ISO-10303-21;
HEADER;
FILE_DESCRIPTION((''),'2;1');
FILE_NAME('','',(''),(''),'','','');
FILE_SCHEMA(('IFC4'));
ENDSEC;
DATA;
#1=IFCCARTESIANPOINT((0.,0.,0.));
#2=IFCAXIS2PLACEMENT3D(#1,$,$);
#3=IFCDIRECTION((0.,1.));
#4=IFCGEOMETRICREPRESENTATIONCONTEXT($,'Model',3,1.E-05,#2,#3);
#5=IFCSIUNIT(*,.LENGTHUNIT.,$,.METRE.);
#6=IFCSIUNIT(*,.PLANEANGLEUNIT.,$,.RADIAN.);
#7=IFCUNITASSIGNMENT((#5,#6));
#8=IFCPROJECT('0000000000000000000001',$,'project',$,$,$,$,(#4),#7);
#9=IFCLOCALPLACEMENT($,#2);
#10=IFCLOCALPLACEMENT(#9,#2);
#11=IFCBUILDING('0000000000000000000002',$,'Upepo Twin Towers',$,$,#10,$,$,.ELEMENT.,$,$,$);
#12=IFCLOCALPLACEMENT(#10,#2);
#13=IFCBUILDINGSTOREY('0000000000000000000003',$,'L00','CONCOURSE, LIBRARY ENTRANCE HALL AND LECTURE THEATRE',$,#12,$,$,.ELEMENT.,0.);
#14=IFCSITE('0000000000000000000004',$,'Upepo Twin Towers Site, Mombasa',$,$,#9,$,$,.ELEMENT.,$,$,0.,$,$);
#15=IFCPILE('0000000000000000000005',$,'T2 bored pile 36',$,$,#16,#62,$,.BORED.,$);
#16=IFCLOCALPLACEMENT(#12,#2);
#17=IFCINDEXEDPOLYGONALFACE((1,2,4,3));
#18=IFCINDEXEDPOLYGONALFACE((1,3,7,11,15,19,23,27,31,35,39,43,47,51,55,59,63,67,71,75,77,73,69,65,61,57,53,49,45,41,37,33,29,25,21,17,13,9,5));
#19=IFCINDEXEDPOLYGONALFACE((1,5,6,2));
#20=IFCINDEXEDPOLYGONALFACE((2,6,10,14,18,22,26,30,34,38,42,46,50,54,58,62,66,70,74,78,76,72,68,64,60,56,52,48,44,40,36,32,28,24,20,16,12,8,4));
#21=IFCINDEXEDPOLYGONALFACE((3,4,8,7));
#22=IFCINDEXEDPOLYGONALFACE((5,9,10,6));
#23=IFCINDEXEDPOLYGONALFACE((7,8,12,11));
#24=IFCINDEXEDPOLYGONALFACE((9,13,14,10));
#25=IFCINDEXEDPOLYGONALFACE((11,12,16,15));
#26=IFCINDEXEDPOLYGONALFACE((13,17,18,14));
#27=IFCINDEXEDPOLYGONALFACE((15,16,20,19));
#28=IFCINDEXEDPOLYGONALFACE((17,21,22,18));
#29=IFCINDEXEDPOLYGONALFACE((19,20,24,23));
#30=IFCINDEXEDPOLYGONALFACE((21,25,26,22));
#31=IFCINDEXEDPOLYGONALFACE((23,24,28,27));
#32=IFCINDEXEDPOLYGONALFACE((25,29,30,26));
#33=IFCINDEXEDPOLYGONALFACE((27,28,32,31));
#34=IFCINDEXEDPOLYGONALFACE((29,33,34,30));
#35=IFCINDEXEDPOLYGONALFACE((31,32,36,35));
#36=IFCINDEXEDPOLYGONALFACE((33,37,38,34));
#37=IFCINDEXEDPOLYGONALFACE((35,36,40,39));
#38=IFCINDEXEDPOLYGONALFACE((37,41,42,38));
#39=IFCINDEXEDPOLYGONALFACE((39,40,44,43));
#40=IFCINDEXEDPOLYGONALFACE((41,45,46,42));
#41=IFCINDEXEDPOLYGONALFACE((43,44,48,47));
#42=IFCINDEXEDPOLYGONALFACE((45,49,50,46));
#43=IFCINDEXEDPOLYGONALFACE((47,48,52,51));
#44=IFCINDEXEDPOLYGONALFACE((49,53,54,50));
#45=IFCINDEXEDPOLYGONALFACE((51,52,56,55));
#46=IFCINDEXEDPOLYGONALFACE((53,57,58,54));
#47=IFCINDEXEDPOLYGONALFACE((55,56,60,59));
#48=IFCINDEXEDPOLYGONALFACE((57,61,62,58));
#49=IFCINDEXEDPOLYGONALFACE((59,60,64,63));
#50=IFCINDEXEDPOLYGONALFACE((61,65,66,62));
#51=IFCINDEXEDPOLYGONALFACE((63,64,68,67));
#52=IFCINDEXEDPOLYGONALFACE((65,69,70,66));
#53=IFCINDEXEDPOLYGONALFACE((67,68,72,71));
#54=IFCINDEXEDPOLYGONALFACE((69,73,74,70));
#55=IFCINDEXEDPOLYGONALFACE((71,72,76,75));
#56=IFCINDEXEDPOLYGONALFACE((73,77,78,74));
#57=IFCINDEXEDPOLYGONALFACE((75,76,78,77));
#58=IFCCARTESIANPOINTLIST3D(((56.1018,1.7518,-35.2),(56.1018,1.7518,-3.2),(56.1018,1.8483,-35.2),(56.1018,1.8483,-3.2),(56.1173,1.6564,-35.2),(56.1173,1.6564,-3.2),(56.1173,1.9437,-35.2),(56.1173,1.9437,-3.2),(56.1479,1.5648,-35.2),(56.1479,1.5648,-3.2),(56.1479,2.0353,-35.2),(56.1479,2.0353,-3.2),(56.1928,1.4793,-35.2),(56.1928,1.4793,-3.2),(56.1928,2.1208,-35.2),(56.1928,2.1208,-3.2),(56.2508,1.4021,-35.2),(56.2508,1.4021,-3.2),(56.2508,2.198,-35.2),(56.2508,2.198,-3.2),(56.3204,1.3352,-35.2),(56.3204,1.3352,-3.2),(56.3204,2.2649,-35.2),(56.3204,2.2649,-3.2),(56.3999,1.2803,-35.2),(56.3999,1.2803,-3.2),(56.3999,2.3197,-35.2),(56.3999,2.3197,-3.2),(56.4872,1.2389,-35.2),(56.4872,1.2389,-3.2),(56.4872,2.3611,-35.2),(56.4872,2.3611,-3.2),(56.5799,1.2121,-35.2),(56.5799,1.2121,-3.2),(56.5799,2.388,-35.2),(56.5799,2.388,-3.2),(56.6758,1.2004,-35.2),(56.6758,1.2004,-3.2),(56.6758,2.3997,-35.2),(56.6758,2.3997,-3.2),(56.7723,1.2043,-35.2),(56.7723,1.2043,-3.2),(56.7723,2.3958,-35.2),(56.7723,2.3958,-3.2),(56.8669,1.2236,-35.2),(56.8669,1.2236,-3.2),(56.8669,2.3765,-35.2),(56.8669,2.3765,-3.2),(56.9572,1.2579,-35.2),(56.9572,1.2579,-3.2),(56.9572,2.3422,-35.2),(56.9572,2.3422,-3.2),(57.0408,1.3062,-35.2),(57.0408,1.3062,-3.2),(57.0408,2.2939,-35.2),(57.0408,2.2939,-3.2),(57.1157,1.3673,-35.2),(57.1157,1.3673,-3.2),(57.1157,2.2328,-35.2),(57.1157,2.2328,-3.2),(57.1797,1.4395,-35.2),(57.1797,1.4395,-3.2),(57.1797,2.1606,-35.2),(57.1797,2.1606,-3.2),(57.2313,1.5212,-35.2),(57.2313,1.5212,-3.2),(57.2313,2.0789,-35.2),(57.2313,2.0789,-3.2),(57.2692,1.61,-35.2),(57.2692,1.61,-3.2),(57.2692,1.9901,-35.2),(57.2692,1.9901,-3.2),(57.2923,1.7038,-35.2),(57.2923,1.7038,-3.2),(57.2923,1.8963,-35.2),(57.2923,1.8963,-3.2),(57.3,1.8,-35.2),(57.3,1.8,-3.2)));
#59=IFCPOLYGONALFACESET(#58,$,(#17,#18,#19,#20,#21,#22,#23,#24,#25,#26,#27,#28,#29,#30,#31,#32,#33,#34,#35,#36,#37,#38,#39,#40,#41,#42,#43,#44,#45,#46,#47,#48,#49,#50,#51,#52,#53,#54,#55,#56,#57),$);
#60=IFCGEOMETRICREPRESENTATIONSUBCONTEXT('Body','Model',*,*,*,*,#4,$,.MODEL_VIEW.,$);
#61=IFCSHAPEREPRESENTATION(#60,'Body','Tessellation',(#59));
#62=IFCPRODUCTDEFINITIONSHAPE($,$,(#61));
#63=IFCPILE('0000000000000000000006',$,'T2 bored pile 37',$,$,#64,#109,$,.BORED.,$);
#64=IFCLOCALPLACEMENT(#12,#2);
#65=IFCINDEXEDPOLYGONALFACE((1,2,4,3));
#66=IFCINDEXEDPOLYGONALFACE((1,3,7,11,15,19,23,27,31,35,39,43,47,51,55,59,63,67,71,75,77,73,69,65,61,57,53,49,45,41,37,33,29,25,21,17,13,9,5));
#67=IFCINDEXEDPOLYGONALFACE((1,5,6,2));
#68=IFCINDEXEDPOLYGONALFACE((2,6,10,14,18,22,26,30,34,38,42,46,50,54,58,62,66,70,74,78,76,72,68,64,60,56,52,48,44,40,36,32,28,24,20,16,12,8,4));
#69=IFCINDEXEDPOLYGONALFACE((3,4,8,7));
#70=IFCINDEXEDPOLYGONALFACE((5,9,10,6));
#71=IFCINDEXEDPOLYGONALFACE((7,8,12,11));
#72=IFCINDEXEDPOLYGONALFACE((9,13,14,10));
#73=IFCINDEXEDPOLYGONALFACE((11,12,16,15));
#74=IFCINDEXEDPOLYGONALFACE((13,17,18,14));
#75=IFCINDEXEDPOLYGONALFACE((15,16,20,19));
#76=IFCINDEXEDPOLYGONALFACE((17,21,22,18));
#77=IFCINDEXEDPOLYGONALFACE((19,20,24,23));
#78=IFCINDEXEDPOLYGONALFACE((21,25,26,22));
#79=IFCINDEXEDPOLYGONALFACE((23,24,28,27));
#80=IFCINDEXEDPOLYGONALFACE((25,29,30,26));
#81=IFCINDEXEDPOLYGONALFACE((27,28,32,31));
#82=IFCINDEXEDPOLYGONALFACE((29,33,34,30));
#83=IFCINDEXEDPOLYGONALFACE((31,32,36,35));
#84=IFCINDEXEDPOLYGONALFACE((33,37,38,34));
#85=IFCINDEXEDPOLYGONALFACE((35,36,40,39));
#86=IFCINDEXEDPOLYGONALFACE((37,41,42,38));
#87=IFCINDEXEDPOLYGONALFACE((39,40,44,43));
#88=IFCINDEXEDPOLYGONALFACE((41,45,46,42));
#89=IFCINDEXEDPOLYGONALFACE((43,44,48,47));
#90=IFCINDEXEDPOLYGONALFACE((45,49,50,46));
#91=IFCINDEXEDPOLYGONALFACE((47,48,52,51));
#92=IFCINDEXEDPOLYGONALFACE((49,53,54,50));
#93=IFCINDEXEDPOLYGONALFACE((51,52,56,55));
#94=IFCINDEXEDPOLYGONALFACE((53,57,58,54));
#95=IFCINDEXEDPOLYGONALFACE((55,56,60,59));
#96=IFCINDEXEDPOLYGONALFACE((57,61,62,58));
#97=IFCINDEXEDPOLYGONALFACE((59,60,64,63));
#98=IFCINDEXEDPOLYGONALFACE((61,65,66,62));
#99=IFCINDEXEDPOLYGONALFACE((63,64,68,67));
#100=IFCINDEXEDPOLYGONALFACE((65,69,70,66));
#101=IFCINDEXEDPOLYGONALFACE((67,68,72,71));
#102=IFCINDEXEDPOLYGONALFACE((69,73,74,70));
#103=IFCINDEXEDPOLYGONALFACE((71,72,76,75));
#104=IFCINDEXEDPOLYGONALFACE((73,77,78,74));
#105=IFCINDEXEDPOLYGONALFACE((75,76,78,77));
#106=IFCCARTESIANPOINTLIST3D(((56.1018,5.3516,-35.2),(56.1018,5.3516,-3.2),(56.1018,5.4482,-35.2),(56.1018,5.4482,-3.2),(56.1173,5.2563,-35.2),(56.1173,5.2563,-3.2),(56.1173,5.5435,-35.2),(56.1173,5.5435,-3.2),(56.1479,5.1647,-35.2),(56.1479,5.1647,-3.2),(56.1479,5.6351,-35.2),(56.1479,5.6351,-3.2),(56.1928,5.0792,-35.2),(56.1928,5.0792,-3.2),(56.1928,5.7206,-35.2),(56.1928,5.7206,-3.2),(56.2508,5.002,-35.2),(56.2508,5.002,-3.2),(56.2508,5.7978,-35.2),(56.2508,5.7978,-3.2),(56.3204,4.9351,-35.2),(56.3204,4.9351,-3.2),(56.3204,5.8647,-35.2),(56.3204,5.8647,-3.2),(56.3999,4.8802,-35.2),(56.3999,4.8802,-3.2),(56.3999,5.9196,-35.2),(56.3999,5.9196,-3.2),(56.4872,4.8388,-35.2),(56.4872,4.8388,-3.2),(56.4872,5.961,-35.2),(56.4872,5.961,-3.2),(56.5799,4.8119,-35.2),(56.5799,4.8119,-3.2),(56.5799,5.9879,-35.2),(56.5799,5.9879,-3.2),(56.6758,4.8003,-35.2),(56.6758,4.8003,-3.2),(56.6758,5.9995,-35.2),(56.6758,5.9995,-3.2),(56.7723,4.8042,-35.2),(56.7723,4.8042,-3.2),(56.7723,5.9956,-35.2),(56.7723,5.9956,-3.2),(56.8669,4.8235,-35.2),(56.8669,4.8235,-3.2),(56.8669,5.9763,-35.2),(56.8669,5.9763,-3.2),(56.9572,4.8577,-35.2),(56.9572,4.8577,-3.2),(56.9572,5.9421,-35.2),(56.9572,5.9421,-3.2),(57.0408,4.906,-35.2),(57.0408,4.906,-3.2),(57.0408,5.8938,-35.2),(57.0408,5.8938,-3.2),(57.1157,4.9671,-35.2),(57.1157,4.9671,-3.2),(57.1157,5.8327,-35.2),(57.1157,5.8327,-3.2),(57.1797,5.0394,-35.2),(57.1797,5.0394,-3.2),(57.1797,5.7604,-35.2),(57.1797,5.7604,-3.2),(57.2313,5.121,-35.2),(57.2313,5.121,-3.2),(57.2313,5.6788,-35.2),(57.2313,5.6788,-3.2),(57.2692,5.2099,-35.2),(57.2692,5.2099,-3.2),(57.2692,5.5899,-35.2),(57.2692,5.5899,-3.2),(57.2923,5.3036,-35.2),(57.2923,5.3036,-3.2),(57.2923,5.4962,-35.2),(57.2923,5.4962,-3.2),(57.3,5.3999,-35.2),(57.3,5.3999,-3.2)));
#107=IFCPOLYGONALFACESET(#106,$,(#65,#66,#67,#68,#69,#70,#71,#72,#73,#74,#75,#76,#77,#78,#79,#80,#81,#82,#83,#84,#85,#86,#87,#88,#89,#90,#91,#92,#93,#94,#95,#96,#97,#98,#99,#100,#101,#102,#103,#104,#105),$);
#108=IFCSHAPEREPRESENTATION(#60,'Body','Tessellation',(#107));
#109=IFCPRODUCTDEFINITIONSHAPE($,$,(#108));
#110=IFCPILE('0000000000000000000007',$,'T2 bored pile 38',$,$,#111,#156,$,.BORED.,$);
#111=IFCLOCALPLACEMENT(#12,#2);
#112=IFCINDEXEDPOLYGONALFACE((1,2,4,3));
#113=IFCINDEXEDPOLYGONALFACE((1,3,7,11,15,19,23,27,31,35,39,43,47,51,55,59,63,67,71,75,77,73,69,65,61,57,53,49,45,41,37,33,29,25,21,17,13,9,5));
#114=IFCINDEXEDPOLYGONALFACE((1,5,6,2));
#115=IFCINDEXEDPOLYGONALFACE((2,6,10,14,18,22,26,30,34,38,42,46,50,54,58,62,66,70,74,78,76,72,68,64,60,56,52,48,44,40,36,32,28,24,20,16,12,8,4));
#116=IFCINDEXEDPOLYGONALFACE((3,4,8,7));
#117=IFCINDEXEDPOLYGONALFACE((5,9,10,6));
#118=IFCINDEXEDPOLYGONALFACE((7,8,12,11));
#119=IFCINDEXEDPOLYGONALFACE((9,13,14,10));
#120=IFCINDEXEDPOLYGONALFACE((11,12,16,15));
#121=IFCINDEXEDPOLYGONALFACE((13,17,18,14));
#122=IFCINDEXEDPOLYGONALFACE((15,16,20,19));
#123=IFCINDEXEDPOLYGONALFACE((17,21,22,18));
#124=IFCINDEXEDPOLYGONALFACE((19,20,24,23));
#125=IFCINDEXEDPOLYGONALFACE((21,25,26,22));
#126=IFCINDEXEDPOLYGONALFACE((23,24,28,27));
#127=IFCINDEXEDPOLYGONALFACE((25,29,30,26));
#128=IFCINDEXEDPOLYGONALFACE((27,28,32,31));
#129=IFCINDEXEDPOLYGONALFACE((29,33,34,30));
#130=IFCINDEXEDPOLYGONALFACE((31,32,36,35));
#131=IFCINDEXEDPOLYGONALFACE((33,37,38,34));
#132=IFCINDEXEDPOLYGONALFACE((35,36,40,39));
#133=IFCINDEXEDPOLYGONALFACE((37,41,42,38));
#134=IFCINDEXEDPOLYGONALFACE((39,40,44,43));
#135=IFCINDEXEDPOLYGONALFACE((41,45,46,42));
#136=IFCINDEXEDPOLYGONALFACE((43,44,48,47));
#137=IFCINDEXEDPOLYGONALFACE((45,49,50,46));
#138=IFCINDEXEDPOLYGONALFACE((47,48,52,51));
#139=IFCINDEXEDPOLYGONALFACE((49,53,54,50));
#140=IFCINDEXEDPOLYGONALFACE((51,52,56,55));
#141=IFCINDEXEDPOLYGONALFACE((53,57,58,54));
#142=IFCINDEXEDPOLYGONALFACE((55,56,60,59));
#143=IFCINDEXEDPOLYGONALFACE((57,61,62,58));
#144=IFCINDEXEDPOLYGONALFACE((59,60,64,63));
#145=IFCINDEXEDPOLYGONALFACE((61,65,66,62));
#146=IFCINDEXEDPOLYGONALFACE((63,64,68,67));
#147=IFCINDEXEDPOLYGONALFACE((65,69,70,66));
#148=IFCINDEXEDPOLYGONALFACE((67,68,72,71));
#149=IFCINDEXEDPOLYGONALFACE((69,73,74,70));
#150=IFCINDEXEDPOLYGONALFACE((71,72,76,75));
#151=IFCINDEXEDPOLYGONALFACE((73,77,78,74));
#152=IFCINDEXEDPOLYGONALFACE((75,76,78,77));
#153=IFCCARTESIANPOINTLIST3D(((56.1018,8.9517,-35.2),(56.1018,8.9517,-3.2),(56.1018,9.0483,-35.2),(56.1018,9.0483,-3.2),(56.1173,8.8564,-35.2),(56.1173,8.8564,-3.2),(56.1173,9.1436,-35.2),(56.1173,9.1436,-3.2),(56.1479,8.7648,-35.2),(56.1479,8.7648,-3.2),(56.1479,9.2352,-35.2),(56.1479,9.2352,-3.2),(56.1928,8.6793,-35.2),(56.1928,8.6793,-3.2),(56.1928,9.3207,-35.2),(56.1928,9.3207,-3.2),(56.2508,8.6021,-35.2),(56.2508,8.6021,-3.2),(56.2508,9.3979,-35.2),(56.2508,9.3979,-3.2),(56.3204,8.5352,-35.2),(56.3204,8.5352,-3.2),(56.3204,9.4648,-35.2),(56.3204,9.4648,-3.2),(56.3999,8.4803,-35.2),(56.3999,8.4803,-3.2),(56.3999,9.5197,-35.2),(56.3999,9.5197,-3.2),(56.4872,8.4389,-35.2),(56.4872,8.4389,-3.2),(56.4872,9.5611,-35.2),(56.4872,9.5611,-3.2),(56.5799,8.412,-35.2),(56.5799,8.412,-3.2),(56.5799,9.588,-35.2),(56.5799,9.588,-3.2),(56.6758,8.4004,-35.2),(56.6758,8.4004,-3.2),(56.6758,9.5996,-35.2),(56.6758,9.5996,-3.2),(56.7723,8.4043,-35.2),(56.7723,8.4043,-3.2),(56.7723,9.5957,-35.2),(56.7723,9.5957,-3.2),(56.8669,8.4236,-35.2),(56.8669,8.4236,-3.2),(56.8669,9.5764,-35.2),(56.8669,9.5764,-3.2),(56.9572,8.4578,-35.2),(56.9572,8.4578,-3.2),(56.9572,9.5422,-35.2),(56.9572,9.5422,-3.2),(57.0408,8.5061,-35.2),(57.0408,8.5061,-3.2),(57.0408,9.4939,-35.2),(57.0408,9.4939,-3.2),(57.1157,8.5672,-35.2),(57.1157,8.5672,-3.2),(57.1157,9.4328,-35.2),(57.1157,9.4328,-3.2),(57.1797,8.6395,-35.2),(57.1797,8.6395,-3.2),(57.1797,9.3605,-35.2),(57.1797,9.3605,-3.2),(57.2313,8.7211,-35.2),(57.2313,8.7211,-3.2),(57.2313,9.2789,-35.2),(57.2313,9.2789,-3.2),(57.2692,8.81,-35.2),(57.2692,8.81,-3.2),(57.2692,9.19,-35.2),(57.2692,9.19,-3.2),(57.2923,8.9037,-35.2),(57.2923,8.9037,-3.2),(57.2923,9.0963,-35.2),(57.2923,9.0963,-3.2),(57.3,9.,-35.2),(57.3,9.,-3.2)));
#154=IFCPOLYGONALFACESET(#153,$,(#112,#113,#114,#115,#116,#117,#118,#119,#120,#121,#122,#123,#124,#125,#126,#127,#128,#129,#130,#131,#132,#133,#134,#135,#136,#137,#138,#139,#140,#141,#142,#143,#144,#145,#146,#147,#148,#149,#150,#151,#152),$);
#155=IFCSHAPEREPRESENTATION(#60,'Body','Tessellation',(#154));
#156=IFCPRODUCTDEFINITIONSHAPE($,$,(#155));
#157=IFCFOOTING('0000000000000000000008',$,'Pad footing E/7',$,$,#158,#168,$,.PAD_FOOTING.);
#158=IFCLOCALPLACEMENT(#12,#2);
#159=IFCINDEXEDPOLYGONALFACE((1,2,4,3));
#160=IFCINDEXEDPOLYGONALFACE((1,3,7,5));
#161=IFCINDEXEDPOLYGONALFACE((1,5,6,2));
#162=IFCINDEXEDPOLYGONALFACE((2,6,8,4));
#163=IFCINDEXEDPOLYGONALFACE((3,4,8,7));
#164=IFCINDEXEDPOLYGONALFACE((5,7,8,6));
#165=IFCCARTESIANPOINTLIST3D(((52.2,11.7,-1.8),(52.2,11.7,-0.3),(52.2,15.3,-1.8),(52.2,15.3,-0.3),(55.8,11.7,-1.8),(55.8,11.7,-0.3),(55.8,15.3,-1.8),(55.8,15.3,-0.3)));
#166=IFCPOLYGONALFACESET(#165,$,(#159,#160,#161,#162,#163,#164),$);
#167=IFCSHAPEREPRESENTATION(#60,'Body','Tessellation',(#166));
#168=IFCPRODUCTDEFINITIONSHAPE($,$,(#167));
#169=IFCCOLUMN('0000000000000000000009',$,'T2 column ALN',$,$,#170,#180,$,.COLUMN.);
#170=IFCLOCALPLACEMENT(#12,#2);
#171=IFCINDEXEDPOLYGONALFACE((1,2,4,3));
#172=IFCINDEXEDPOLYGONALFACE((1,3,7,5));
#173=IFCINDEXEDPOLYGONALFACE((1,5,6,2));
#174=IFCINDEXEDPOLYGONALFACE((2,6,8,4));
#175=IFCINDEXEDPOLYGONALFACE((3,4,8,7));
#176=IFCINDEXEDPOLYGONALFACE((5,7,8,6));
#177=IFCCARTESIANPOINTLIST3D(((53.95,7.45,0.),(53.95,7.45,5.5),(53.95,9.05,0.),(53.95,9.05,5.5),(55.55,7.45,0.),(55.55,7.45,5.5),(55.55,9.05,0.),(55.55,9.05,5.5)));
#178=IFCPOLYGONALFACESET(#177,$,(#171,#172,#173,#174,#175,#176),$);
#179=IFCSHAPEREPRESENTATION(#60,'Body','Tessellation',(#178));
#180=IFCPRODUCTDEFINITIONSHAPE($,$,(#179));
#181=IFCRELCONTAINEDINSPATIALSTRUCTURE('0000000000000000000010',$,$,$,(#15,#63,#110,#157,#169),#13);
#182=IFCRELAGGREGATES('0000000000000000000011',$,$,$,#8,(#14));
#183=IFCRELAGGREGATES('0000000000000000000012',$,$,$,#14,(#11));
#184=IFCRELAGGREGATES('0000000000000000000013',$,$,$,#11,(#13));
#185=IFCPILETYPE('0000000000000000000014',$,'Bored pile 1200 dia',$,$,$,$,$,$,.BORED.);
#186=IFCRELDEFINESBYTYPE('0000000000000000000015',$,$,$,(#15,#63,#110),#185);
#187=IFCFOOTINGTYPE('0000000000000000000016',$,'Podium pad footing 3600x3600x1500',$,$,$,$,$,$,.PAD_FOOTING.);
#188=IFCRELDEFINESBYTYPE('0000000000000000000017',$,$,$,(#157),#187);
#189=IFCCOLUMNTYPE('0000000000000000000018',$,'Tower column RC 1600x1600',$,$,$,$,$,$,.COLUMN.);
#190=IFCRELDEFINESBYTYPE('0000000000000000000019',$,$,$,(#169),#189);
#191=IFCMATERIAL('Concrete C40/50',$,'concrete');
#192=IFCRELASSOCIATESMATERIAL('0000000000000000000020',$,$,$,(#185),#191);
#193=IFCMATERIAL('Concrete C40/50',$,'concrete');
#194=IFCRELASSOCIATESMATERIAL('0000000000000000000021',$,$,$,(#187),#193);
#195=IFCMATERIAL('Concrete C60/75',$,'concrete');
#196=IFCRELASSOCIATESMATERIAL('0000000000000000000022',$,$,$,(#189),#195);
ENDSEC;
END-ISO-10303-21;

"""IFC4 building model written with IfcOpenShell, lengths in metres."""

from ifc_helpers import new_model, si_unit, direction, frame, origin, origin_2d, place, context, subcontext, project, spatial, rectangle, circle, extrude, material, material_profile, profile_set, type_object, element, save


model = new_model("IFC4")

# Units and contexts
model_context = context("Model", 3, precision=1e-05, world=origin(), true_north=direction((0.0, 1.0)))
body_context = subcontext(model_context, "Body", "Model", "MODEL_VIEW")
ifc_project = project(units=[si_unit("LENGTHUNIT", "METRE"), si_unit("PLANEANGLEUNIT", "RADIAN")], contexts=[model_context])

# Site, building, storey
site_placement = place(None, origin())
site = spatial("IfcSite", under=ifc_project, at=site_placement, Name="Upepo Twin Towers Site, Mombasa", CompositionType="ELEMENT", RefElevation=0.0)
building_placement = place(site_placement, origin())
building = spatial("IfcBuilding", under=site, at=building_placement, Name="Upepo Twin Towers", CompositionType="ELEMENT")
storey_placement = place(building_placement, origin())
storey = spatial("IfcBuildingStorey", under=building, at=storey_placement, Name="L00", Description="CONCOURSE, LIBRARY ENTRANCE HALL AND LECTURE THEATRE", CompositionType="ELEMENT", Elevation=0.0)

# Piles
ifc_material_1 = material(Name="Concrete C40/50", Category="concrete")
pile_type = type_object("IfcPileType", Name="Bored pile 1200 dia", PredefinedType="BORED", material=ifc_material_1)
for number, where, z_axis, x_axis, name in (
    (1, (56.7, 1.8, -3.2), (0.0, 0.0, -1.0), (1.0, 0.0, 0.0), "T2 bored pile 36"),
    (2, (56.7, 5.3999, -3.2), (0.0, 0.0, -1.0), (1.0, 0.0, 0.0), "T2 bored pile 37"),
    (3, (56.7, 9.0, -3.2), (0.0, 0.0, -1.0), (1.0, 0.0, 0.0), "T2 bored pile 38"),
):
    element("IfcPile", number, at=place(storey_placement, frame(where, z_axis=z_axis, x_axis=x_axis)), inside=storey, type_object=pile_type, Name=name, PredefinedType="BORED", context=body_context, shape_type="SweptSolid", body=[
        extrude(circle(Radius=0.6001, at=origin_2d()), origin(), (0.0, 0.0, 1.0), 32.0),
    ])

# Footing
ifc_material_2 = material(Name="Concrete C40/50", Category="concrete")
footing_type = type_object("IfcFootingType", Name="Podium pad footing 3600x3600x1500", PredefinedType="PAD_FOOTING", material=ifc_material_2)
footing_placement = place(storey_placement, frame((54.0, 13.5, -1.8), z_axis=(0.0, 0.0, 1.0), x_axis=(1.0, 0.0, 0.0)))
element("IfcFooting", 4, at=footing_placement, inside=storey, type_object=footing_type, Name="Pad footing E/7", PredefinedType="PAD_FOOTING", context=body_context, shape_type="SweptSolid", body=[
    extrude(rectangle(XDim=3.6001, YDim=3.6001, at=origin_2d()), origin(), (0.0, 0.0, 1.0), 1.5),
])

# Column
ifc_material_3 = material(Name="Concrete C60/75", Category="concrete")
ifc_material_profile_1 = material_profile(ifc_material_3, rectangle(XDim=1.6001, YDim=1.6001, at=origin_2d()), Name="RC 1600x1600")
ifc_profile_set_1 = profile_set([ifc_material_profile_1], Name="Concrete C60/75")
column_type = type_object("IfcColumnType", Name="Tower column RC 1600x1600", PredefinedType="COLUMN", material=ifc_profile_set_1)
column_placement = place(storey_placement, frame((54.75, 8.25, 0.0), z_axis=(0.0, 0.0, 1.0), x_axis=(1.0, 0.0, 0.0)))
element("IfcColumn", 5, at=column_placement, inside=storey, type_object=column_type, Name="T2 column ALN", PredefinedType="COLUMN", context=body_context, shape_type="SweptSolid", body=[
    extrude(rectangle(XDim=1.6001, YDim=1.6001, at=origin_2d()), origin(), (0.0, 0.0, 1.0), 5.5),
])

save(model, "model.ifc")
